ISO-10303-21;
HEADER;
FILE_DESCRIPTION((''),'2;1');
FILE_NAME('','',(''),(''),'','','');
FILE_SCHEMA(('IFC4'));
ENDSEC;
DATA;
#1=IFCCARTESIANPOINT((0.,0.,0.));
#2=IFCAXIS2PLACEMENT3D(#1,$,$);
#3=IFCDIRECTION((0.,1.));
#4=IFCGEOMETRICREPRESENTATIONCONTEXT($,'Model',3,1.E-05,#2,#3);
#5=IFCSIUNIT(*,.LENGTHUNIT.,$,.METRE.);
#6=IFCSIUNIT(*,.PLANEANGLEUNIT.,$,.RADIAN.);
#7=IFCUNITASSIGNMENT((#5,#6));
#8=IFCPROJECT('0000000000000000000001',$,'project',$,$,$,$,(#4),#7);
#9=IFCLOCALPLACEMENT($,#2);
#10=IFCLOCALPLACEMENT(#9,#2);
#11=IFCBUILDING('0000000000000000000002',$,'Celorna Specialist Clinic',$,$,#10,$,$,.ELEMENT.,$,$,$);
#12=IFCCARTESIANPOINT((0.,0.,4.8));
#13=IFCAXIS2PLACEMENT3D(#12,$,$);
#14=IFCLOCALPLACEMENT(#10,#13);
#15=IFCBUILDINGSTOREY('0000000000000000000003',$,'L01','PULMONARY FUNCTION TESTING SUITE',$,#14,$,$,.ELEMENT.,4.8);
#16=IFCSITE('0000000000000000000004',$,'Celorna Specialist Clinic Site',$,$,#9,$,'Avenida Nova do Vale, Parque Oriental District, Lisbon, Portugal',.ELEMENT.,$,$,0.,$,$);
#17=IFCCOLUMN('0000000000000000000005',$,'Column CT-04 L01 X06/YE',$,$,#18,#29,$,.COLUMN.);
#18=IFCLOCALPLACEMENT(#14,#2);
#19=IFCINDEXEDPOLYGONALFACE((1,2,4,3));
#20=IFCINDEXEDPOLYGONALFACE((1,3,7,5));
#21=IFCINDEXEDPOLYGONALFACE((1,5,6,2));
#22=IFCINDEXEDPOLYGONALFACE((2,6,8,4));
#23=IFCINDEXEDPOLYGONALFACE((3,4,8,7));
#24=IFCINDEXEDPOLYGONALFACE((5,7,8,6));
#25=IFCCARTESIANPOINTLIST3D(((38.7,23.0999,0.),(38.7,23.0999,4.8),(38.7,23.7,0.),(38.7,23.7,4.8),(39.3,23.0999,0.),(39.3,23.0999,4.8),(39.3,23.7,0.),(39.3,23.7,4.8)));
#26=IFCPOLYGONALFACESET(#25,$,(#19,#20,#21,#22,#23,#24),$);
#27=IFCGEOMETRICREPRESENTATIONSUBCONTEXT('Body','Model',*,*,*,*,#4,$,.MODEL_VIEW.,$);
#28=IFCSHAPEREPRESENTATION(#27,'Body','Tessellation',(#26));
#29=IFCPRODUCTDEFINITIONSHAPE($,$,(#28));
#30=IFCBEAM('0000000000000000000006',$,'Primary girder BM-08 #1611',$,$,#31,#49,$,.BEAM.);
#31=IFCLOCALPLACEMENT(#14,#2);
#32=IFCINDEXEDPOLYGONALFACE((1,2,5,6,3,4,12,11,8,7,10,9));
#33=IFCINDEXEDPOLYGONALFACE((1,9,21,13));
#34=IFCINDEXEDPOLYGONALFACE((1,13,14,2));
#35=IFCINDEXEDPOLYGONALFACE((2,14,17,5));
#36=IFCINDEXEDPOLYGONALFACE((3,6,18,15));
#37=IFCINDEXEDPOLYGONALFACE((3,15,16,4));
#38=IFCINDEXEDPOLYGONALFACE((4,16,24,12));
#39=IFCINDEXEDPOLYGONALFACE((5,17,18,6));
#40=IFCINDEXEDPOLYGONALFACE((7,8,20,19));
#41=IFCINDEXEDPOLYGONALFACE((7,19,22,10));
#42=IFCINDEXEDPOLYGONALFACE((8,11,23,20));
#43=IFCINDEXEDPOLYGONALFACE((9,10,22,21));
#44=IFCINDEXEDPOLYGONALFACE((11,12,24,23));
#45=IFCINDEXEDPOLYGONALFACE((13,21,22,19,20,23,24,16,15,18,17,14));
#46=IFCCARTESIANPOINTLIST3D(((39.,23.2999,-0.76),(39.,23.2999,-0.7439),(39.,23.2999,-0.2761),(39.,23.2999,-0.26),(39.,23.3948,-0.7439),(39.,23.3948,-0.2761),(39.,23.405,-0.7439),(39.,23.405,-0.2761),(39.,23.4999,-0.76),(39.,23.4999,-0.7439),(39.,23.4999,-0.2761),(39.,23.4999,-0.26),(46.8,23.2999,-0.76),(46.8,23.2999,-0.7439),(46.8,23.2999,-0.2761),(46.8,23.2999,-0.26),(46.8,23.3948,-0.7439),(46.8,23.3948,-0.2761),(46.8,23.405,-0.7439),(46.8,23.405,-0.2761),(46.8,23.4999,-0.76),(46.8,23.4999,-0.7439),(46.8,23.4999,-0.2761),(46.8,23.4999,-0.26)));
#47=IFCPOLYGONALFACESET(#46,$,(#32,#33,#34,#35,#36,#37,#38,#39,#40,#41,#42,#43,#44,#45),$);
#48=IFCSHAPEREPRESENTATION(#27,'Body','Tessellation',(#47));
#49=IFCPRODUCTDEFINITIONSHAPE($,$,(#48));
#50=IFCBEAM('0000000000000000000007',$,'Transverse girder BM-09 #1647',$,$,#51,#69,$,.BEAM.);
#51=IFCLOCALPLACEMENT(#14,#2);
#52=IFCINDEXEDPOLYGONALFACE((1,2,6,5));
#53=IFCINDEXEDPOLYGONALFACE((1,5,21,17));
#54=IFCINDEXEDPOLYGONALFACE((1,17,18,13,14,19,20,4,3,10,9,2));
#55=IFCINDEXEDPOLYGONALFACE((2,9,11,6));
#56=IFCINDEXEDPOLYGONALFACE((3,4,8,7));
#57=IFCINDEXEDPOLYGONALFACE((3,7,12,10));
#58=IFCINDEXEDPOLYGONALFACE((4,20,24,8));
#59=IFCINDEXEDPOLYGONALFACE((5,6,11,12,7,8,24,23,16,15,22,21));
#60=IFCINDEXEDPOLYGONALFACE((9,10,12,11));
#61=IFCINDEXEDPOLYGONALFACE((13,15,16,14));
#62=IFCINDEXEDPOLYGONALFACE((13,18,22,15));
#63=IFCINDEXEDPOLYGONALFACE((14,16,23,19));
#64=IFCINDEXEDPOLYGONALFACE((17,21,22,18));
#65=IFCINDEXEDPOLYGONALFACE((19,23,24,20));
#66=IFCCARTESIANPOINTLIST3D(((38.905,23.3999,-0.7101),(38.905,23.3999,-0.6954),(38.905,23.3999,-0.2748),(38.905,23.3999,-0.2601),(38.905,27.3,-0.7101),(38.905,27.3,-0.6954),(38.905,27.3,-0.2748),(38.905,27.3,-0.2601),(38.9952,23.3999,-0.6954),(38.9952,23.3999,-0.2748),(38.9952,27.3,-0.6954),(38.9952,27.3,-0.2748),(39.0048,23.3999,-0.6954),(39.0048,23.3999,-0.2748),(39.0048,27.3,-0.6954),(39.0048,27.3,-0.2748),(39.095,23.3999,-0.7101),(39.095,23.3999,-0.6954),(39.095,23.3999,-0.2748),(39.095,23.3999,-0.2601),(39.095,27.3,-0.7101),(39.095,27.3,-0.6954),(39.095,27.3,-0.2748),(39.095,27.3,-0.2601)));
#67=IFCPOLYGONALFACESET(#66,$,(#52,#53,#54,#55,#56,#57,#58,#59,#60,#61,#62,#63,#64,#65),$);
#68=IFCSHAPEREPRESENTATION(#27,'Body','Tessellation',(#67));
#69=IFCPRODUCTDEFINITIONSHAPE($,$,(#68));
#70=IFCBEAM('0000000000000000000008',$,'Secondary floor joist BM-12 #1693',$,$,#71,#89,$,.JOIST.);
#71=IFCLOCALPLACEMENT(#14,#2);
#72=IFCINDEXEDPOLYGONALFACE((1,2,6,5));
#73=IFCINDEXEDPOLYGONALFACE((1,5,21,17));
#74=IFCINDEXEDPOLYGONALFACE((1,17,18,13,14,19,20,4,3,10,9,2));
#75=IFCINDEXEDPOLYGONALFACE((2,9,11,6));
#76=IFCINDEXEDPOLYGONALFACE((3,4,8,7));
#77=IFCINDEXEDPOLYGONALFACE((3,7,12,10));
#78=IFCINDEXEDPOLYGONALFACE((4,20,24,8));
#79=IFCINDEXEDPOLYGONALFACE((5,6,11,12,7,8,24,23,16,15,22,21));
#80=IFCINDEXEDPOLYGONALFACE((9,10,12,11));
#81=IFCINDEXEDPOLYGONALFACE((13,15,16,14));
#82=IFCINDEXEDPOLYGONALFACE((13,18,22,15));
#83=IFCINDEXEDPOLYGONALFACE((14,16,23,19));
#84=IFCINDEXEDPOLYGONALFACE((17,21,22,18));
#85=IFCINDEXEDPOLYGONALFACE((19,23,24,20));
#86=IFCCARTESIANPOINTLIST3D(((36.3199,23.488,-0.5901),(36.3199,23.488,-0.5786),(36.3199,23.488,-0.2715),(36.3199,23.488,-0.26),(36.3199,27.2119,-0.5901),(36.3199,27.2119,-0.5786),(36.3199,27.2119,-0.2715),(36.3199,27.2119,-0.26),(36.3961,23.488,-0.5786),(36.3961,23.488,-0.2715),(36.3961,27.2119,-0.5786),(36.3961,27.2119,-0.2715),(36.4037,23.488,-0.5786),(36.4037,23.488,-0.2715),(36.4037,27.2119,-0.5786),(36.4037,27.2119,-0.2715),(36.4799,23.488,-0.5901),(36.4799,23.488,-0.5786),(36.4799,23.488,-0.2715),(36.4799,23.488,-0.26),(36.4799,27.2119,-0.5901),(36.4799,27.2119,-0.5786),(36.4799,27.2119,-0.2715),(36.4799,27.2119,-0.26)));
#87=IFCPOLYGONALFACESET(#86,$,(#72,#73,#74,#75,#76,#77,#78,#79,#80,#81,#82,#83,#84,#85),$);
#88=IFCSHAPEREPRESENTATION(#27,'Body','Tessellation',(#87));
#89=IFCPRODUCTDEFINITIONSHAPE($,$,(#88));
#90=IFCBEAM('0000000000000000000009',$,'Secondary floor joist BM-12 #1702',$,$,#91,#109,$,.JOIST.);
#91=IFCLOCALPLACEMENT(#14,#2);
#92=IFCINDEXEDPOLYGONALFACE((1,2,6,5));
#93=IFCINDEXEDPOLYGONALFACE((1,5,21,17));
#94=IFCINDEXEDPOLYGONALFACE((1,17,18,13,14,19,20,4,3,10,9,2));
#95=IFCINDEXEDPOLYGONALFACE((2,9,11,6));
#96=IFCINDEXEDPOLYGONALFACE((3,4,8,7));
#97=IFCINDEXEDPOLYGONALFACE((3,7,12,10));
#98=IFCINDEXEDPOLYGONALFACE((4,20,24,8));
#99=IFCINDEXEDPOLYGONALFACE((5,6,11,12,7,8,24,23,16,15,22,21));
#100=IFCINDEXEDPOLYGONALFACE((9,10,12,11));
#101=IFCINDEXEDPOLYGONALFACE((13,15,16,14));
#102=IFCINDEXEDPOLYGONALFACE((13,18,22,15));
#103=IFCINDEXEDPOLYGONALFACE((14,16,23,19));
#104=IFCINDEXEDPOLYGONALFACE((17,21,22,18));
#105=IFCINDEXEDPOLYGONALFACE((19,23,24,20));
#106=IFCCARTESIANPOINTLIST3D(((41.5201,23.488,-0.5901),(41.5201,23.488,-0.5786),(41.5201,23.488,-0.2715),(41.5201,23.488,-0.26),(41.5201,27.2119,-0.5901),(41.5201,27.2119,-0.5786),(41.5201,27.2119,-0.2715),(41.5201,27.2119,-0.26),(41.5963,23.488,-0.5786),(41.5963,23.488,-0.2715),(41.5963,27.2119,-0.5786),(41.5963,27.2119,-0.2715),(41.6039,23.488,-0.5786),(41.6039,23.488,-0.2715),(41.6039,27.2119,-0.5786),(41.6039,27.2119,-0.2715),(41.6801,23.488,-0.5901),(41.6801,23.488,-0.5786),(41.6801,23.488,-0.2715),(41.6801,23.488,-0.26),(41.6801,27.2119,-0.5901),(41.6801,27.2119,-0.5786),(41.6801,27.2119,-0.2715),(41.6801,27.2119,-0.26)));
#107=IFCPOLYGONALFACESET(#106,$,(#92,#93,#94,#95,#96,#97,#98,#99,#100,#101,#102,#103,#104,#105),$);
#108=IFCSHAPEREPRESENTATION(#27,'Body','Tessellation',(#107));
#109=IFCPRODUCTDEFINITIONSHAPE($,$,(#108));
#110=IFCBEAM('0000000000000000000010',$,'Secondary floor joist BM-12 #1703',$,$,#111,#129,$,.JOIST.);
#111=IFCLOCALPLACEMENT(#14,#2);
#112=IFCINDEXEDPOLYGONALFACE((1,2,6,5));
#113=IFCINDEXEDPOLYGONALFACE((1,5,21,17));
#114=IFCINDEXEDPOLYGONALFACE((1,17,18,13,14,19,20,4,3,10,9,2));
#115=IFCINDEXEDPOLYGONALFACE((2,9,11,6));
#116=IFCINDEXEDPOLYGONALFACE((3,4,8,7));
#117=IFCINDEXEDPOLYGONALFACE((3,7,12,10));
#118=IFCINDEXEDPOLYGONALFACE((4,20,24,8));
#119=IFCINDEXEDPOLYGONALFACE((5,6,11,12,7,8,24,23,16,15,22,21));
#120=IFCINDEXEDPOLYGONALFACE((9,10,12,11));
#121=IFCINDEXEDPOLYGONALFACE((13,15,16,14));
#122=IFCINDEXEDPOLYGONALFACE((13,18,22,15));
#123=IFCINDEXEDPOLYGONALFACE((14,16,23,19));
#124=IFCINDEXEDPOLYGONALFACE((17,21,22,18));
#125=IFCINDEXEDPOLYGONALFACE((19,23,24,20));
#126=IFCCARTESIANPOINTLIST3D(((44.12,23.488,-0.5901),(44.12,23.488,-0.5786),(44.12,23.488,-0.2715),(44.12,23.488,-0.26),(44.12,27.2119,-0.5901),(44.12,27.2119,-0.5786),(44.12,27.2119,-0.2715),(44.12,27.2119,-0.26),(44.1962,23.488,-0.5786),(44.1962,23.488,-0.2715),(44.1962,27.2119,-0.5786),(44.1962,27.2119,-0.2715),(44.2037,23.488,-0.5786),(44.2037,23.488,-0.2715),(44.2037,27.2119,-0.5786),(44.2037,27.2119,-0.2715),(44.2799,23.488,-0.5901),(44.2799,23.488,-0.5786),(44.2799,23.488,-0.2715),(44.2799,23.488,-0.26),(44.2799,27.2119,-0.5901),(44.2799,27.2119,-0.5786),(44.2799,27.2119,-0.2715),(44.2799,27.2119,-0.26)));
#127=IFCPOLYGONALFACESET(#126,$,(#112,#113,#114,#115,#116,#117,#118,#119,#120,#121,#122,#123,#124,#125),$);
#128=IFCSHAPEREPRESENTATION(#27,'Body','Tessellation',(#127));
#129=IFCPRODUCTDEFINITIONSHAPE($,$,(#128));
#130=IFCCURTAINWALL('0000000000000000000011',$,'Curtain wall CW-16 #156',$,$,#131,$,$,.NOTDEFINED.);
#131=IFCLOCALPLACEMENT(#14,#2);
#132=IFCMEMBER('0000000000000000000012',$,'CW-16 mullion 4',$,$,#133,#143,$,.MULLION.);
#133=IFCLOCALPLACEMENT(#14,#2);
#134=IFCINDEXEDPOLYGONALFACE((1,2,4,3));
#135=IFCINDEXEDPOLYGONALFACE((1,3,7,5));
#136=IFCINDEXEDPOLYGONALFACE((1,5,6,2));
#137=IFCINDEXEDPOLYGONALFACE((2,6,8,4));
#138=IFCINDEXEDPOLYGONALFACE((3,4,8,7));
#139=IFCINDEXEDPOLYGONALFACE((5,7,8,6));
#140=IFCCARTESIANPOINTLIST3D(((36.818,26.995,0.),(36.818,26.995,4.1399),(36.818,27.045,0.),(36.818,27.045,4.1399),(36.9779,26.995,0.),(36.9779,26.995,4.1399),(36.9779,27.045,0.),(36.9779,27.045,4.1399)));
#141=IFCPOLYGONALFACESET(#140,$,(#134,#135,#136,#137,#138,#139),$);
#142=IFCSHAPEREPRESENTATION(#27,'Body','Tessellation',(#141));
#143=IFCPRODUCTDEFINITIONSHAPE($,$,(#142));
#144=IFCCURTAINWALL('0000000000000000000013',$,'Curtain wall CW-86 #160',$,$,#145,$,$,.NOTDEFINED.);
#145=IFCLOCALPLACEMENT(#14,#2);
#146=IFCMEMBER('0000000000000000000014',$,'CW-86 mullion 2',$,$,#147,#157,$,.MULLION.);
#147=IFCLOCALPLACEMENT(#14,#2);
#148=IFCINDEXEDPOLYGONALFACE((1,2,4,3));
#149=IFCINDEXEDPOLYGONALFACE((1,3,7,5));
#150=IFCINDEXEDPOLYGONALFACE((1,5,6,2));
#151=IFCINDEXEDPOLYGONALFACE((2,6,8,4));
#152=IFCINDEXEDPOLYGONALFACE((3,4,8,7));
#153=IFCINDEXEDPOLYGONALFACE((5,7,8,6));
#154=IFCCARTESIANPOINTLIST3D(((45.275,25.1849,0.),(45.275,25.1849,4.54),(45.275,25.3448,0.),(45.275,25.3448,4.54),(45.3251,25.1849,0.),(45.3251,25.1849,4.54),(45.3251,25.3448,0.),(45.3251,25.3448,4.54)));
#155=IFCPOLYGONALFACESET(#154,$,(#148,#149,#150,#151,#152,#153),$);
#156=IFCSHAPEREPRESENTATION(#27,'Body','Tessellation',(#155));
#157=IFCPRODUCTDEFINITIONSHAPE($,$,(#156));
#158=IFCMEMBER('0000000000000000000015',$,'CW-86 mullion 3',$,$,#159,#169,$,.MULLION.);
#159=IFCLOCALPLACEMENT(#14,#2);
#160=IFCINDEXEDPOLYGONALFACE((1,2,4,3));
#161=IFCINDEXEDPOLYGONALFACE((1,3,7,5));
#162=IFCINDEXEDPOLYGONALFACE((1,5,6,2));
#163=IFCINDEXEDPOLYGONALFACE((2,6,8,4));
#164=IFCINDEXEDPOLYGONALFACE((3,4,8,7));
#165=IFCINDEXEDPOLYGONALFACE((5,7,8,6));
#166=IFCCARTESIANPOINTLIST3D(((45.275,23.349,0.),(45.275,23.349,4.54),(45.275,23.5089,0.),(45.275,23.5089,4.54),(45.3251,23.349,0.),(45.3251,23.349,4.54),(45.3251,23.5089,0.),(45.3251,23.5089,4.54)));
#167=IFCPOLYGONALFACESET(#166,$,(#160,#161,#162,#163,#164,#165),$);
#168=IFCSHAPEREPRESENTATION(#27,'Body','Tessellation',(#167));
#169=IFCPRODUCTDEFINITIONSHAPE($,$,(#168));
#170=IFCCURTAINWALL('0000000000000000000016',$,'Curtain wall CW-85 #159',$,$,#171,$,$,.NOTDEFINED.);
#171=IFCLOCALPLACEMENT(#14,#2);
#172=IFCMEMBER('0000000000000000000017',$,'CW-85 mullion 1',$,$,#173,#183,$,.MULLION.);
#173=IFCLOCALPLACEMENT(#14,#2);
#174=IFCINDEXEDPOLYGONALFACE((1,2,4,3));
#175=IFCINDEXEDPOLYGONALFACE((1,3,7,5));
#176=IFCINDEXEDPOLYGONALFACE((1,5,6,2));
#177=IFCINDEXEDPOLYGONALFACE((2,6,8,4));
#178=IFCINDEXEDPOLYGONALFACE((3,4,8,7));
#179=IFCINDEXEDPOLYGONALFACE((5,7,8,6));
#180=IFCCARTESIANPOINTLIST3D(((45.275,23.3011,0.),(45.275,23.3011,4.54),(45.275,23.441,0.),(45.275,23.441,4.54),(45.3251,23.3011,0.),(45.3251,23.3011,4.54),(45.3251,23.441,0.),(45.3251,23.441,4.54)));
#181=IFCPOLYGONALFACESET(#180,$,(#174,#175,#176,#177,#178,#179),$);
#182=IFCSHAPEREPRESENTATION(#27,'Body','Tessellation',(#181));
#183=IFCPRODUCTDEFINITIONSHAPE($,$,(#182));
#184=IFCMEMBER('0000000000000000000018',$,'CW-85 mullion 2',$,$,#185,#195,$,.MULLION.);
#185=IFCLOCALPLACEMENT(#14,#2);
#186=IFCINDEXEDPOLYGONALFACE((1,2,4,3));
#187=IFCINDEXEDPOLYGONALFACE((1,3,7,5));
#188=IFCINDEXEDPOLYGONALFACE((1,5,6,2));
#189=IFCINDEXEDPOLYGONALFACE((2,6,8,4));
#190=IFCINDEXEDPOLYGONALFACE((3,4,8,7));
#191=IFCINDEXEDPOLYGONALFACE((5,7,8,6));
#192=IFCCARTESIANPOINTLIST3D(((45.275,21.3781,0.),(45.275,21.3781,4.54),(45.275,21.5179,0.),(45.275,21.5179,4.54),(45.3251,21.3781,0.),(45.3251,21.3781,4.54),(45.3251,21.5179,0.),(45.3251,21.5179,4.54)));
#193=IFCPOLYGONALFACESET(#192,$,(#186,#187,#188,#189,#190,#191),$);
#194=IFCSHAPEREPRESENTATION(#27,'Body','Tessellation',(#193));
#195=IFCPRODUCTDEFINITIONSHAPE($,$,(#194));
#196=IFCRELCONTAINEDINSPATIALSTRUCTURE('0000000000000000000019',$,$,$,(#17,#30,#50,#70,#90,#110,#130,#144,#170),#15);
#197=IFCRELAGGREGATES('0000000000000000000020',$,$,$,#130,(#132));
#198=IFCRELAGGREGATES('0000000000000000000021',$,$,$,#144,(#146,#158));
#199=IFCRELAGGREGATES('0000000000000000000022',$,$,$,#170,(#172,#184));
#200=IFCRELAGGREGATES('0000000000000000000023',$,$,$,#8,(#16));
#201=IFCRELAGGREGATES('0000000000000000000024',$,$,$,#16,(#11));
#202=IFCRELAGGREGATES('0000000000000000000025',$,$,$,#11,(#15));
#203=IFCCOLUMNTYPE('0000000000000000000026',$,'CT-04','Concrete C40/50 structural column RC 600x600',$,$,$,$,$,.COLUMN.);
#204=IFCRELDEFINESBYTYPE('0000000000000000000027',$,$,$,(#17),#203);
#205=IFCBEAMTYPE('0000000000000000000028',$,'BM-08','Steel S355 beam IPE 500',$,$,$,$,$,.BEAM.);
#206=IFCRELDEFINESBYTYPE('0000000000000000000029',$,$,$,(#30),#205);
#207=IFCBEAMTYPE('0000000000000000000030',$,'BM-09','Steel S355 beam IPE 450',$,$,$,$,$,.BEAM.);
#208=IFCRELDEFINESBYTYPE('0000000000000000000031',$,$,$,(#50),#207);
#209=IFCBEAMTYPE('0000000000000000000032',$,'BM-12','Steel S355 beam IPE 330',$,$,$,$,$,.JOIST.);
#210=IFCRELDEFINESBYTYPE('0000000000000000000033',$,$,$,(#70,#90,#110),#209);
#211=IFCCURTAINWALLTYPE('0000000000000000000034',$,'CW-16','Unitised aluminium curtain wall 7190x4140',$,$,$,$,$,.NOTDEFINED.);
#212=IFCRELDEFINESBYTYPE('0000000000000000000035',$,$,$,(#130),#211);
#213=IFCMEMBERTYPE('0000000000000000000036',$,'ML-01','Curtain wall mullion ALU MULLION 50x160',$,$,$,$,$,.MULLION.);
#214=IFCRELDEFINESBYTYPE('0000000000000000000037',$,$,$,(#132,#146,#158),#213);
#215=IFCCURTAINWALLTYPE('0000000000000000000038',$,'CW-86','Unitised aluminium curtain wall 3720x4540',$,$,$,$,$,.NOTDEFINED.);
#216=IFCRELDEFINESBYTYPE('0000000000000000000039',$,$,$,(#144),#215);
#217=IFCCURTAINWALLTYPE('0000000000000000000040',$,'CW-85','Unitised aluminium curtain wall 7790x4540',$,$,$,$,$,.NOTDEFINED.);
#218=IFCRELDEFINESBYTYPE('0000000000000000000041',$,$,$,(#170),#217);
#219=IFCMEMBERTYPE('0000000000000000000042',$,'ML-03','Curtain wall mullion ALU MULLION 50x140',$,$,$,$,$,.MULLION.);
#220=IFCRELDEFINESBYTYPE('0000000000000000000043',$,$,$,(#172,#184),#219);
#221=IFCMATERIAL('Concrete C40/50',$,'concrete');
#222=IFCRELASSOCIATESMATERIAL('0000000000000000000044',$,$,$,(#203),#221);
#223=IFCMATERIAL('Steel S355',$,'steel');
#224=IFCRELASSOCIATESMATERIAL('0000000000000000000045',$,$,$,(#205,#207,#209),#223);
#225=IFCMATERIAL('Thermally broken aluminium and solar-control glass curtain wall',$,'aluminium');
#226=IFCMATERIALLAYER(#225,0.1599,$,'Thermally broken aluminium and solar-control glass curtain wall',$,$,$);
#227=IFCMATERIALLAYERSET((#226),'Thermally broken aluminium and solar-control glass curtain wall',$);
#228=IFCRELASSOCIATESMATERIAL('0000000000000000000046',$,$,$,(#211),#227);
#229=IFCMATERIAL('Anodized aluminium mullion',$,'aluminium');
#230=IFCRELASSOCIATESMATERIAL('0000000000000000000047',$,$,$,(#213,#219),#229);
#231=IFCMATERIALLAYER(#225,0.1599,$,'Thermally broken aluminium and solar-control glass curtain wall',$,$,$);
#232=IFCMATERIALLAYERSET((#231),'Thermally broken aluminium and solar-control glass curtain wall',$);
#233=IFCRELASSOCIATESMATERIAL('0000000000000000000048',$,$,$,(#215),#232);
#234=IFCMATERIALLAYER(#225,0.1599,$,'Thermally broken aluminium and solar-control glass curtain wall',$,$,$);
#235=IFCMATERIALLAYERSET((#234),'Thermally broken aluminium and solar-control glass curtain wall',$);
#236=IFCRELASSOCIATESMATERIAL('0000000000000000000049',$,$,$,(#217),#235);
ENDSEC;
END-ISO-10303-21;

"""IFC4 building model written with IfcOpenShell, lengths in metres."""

from ifc_helpers import new_model, si_unit, direction, frame, origin, origin_2d, place, context, subcontext, project, spatial, rectangle, i_section, extrude, material, layer, layer_set, material_profile, profile_set, type_object, element, aggregate, save


model = new_model("IFC4")

# Units and contexts
model_context = context("Model", 3, precision=1e-05, world=origin(), true_north=direction((0.0, 1.0)))
body_context = subcontext(model_context, "Body", "Model", "MODEL_VIEW")
ifc_project = project(units=[si_unit("LENGTHUNIT", "METRE"), si_unit("PLANEANGLEUNIT", "RADIAN")], contexts=[model_context])

# Site, building, storey
site_placement = place(None, origin())
site = spatial("IfcSite", under=ifc_project, at=site_placement, Name="Celorna Specialist Clinic Site", LongName="Avenida Nova do Vale, Parque Oriental District, Lisbon, Portugal", CompositionType="ELEMENT", RefElevation=0.0)
building_placement = place(site_placement, origin())
building = spatial("IfcBuilding", under=site, at=building_placement, Name="Celorna Specialist Clinic", CompositionType="ELEMENT")
storey_placement = place(building_placement, frame((0.0, 0.0, 4.8)))
storey = spatial("IfcBuildingStorey", under=building, at=storey_placement, Name="L01", Description="PULMONARY FUNCTION TESTING SUITE", CompositionType="ELEMENT", Elevation=4.8)

# Column
ifc_material_1 = material(Name="Concrete C40/50", Category="concrete")
ifc_material_profile_1 = material_profile(ifc_material_1, rectangle(XDim=0.6001, YDim=0.6001, at=origin_2d()), Name="RC 600x600")
ifc_profile_set_1 = profile_set([ifc_material_profile_1], Name="Concrete C40/50")
column_type = type_object("IfcColumnType", Name="CT-04", Description="Concrete C40/50 structural column RC 600x600", PredefinedType="COLUMN", material=ifc_profile_set_1)
column_placement = place(storey_placement, frame((39.0, 23.3999, 0.0), z_axis=(0.0, 0.0, 1.0), x_axis=(1.0, 0.0, 0.0)))
element("IfcColumn", 1, at=column_placement, inside=storey, type_object=column_type, Name="Column CT-04 L01 X06/YE", PredefinedType="COLUMN", context=body_context, shape_type="SweptSolid", body=[
    extrude(rectangle(XDim=0.6001, YDim=0.6001, at=origin_2d()), origin(), (0.0, 0.0, 1.0), 4.8),
])

# Beams
ifc_material_2 = material(Name="Steel S355", Category="steel")
ifc_material_profile_2 = material_profile(ifc_material_2, i_section(OverallWidth=0.2, OverallDepth=0.5, WebThickness=0.0103, FlangeThickness=0.0161, at=origin_2d()), Name="IPE 500")
ifc_profile_set_2 = profile_set([ifc_material_profile_2], Name="Steel S355")
beam_type_1 = type_object("IfcBeamType", Name="BM-08", Description="Steel S355 beam IPE 500", PredefinedType="BEAM", material=ifc_profile_set_2)
beam_1_placement = place(storey_placement, frame((39.0, 23.3999, -0.51), z_axis=(1.0, 0.0, 0.0), x_axis=(0.0, 1.0, 0.0)))
element("IfcBeam", 2, at=beam_1_placement, inside=storey, type_object=beam_type_1, Name="Primary girder BM-08 #1611", PredefinedType="BEAM", context=body_context, shape_type="SweptSolid", body=[
    extrude(i_section(OverallWidth=0.2, OverallDepth=0.5, WebThickness=0.0103, FlangeThickness=0.0161, at=origin_2d()), origin(), (0.0, 0.0, 1.0), 7.8),
])
ifc_material_profile_3 = material_profile(ifc_material_2, i_section(OverallWidth=0.1899, OverallDepth=0.45, WebThickness=0.0095, FlangeThickness=0.0146, at=origin_2d()), Name="IPE 450")
ifc_profile_set_3 = profile_set([ifc_material_profile_3], Name="Steel S355")
beam_type_2 = type_object("IfcBeamType", Name="BM-09", Description="Steel S355 beam IPE 450", PredefinedType="BEAM", material=ifc_profile_set_3)
beam_2_placement = place(storey_placement, frame((39.0, 23.3999, -0.4851), z_axis=(0.0, 1.0, 0.0), x_axis=(-1.0, 0.0, 0.0)))
element("IfcBeam", 3, at=beam_2_placement, inside=storey, type_object=beam_type_2, Name="Transverse girder BM-09 #1647", PredefinedType="BEAM", context=body_context, shape_type="SweptSolid", body=[
    extrude(i_section(OverallWidth=0.1899, OverallDepth=0.45, WebThickness=0.0095, FlangeThickness=0.0146, at=origin_2d()), origin(), (0.0, 0.0, 1.0), 3.9001),
])
ifc_material_profile_4 = material_profile(ifc_material_2, i_section(OverallWidth=0.1599, OverallDepth=0.3301, WebThickness=0.0076, FlangeThickness=0.0115, at=origin_2d()), Name="IPE 330")
ifc_profile_set_4 = profile_set([ifc_material_profile_4], Name="Steel S355")
beam_type_3 = type_object("IfcBeamType", Name="BM-12", Description="Steel S355 beam IPE 330", PredefinedType="JOIST", material=ifc_profile_set_4)
for number, where, z_axis, x_axis, name in (
    (4, (36.3999, 23.488, -0.425), (0.0, 1.0, 0.0), (-1.0, 0.0, 0.0), "Secondary floor joist BM-12 #1693"),
    (5, (41.6001, 23.488, -0.425), (0.0, 1.0, 0.0), (-1.0, 0.0, 0.0), "Secondary floor joist BM-12 #1702"),
    (6, (44.2, 23.488, -0.425), (0.0, 1.0, 0.0), (-1.0, 0.0, 0.0), "Secondary floor joist BM-12 #1703"),
):
    element("IfcBeam", number, at=place(storey_placement, frame(where, z_axis=z_axis, x_axis=x_axis)), inside=storey, type_object=beam_type_3, Name=name, PredefinedType="JOIST", context=body_context, shape_type="SweptSolid", body=[
        extrude(i_section(OverallWidth=0.1599, OverallDepth=0.3301, WebThickness=0.0076, FlangeThickness=0.0115, at=origin_2d()), origin(), (0.0, 0.0, 1.0), 3.7239),
    ])

# Curtain wall, member
ifc_material_3 = material(Name="Thermally broken aluminium and solar-control glass curtain wall", Category="aluminium")
ifc_layer_1 = layer(ifc_material_3, 0.1599, Name="Thermally broken aluminium and solar-control glass curtain wall")
ifc_layer_set_1 = layer_set([ifc_layer_1], Name="Thermally broken aluminium and solar-control glass curtain wall")
curtain_wall_type_1 = type_object("IfcCurtainWallType", Name="CW-16", Description="Unitised aluminium curtain wall 7190x4140", PredefinedType="NOTDEFINED", material=ifc_layer_set_1)
curtain_wall_1_placement = place(storey_placement, origin())
curtain_wall_1 = element("IfcCurtainWall", 7, at=curtain_wall_1_placement, inside=storey, type_object=curtain_wall_type_1, Name="Curtain wall CW-16 #156", PredefinedType="NOTDEFINED")
ifc_material_4 = material(Name="Anodized aluminium mullion", Category="aluminium")
ifc_material_profile_5 = material_profile(ifc_material_4, rectangle(XDim=0.05, YDim=0.1599, at=origin_2d()), Name="ALU MULLION 50x160")
ifc_profile_set_5 = profile_set([ifc_material_profile_5], Name="Anodized aluminium mullion")
member_type_1 = type_object("IfcMemberType", Name="ML-01", Description="Curtain wall mullion ALU MULLION 50x160", PredefinedType="MULLION", material=ifc_profile_set_5)
member_1_placement = place(storey_placement, frame((36.8979, 27.02, 0.0), z_axis=(0.0, 0.0, 1.0), x_axis=(0.0, 1.0, 0.0)))
member_1 = element("IfcMember", 8, at=member_1_placement, type_object=member_type_1, Name="CW-16 mullion 4", PredefinedType="MULLION", context=body_context, shape_type="SweptSolid", body=[
    extrude(rectangle(XDim=0.05, YDim=0.1599, at=origin_2d()), origin(), (0.0, 0.0, 1.0), 4.1399),
])

# Curtain walls, members
ifc_layer_2 = layer(ifc_material_3, 0.1599, Name="Thermally broken aluminium and solar-control glass curtain wall")
ifc_layer_set_2 = layer_set([ifc_layer_2], Name="Thermally broken aluminium and solar-control glass curtain wall")
curtain_wall_type_2 = type_object("IfcCurtainWallType", Name="CW-86", Description="Unitised aluminium curtain wall 3720x4540", PredefinedType="NOTDEFINED", material=ifc_layer_set_2)
curtain_wall_2_placement = place(storey_placement, origin())
curtain_wall_2 = element("IfcCurtainWall", 9, at=curtain_wall_2_placement, inside=storey, type_object=curtain_wall_type_2, Name="Curtain wall CW-86 #160", PredefinedType="NOTDEFINED")
member_2_placement = place(storey_placement, frame((45.3, 25.2649, 0.0), z_axis=(0.0, 0.0, 1.0), x_axis=(1.0, 0.0, 0.0)))
member_2 = element("IfcMember", 10, at=member_2_placement, type_object=member_type_1, Name="CW-86 mullion 2", PredefinedType="MULLION", context=body_context, shape_type="SweptSolid", body=[
    extrude(rectangle(XDim=0.05, YDim=0.1599, at=origin_2d()), origin(), (0.0, 0.0, 1.0), 4.54),
])
member_3_placement = place(storey_placement, frame((45.3, 23.429, 0.0), z_axis=(0.0, 0.0, 1.0), x_axis=(1.0, 0.0, 0.0)))
member_3 = element("IfcMember", 11, at=member_3_placement, type_object=member_type_1, Name="CW-86 mullion 3", PredefinedType="MULLION", context=body_context, shape_type="SweptSolid", body=[
    extrude(rectangle(XDim=0.05, YDim=0.1599, at=origin_2d()), origin(), (0.0, 0.0, 1.0), 4.54),
])
ifc_layer_3 = layer(ifc_material_3, 0.1599, Name="Thermally broken aluminium and solar-control glass curtain wall")
ifc_layer_set_3 = layer_set([ifc_layer_3], Name="Thermally broken aluminium and solar-control glass curtain wall")
curtain_wall_type_3 = type_object("IfcCurtainWallType", Name="CW-85", Description="Unitised aluminium curtain wall 7790x4540", PredefinedType="NOTDEFINED", material=ifc_layer_set_3)
curtain_wall_3_placement = place(storey_placement, origin())
curtain_wall_3 = element("IfcCurtainWall", 12, at=curtain_wall_3_placement, inside=storey, type_object=curtain_wall_type_3, Name="Curtain wall CW-85 #159", PredefinedType="NOTDEFINED")
ifc_material_profile_6 = material_profile(ifc_material_4, rectangle(XDim=0.05, YDim=0.1399, at=origin_2d()), Name="ALU MULLION 50x140")
ifc_profile_set_6 = profile_set([ifc_material_profile_6], Name="Anodized aluminium mullion")
member_type_2 = type_object("IfcMemberType", Name="ML-03", Description="Curtain wall mullion ALU MULLION 50x140", PredefinedType="MULLION", material=ifc_profile_set_6)
member_4_placement = place(storey_placement, frame((45.3, 23.3711, 0.0), z_axis=(0.0, 0.0, 1.0), x_axis=(1.0, 0.0, 0.0)))
member_4 = element("IfcMember", 13, at=member_4_placement, type_object=member_type_2, Name="CW-85 mullion 1", PredefinedType="MULLION", context=body_context, shape_type="SweptSolid", body=[
    extrude(rectangle(XDim=0.05, YDim=0.1399, at=origin_2d()), origin(), (0.0, 0.0, 1.0), 4.54),
])
member_5_placement = place(storey_placement, frame((45.3, 21.448, 0.0), z_axis=(0.0, 0.0, 1.0), x_axis=(1.0, 0.0, 0.0)))
member_5 = element("IfcMember", 14, at=member_5_placement, type_object=member_type_2, Name="CW-85 mullion 2", PredefinedType="MULLION", context=body_context, shape_type="SweptSolid", body=[
    extrude(rectangle(XDim=0.05, YDim=0.1399, at=origin_2d()), origin(), (0.0, 0.0, 1.0), 4.54),
])

aggregate(curtain_wall_1, [member_1])
aggregate(curtain_wall_2, [member_2, member_3])
aggregate(curtain_wall_3, [member_4, member_5])

save(model, "model.ifc")
